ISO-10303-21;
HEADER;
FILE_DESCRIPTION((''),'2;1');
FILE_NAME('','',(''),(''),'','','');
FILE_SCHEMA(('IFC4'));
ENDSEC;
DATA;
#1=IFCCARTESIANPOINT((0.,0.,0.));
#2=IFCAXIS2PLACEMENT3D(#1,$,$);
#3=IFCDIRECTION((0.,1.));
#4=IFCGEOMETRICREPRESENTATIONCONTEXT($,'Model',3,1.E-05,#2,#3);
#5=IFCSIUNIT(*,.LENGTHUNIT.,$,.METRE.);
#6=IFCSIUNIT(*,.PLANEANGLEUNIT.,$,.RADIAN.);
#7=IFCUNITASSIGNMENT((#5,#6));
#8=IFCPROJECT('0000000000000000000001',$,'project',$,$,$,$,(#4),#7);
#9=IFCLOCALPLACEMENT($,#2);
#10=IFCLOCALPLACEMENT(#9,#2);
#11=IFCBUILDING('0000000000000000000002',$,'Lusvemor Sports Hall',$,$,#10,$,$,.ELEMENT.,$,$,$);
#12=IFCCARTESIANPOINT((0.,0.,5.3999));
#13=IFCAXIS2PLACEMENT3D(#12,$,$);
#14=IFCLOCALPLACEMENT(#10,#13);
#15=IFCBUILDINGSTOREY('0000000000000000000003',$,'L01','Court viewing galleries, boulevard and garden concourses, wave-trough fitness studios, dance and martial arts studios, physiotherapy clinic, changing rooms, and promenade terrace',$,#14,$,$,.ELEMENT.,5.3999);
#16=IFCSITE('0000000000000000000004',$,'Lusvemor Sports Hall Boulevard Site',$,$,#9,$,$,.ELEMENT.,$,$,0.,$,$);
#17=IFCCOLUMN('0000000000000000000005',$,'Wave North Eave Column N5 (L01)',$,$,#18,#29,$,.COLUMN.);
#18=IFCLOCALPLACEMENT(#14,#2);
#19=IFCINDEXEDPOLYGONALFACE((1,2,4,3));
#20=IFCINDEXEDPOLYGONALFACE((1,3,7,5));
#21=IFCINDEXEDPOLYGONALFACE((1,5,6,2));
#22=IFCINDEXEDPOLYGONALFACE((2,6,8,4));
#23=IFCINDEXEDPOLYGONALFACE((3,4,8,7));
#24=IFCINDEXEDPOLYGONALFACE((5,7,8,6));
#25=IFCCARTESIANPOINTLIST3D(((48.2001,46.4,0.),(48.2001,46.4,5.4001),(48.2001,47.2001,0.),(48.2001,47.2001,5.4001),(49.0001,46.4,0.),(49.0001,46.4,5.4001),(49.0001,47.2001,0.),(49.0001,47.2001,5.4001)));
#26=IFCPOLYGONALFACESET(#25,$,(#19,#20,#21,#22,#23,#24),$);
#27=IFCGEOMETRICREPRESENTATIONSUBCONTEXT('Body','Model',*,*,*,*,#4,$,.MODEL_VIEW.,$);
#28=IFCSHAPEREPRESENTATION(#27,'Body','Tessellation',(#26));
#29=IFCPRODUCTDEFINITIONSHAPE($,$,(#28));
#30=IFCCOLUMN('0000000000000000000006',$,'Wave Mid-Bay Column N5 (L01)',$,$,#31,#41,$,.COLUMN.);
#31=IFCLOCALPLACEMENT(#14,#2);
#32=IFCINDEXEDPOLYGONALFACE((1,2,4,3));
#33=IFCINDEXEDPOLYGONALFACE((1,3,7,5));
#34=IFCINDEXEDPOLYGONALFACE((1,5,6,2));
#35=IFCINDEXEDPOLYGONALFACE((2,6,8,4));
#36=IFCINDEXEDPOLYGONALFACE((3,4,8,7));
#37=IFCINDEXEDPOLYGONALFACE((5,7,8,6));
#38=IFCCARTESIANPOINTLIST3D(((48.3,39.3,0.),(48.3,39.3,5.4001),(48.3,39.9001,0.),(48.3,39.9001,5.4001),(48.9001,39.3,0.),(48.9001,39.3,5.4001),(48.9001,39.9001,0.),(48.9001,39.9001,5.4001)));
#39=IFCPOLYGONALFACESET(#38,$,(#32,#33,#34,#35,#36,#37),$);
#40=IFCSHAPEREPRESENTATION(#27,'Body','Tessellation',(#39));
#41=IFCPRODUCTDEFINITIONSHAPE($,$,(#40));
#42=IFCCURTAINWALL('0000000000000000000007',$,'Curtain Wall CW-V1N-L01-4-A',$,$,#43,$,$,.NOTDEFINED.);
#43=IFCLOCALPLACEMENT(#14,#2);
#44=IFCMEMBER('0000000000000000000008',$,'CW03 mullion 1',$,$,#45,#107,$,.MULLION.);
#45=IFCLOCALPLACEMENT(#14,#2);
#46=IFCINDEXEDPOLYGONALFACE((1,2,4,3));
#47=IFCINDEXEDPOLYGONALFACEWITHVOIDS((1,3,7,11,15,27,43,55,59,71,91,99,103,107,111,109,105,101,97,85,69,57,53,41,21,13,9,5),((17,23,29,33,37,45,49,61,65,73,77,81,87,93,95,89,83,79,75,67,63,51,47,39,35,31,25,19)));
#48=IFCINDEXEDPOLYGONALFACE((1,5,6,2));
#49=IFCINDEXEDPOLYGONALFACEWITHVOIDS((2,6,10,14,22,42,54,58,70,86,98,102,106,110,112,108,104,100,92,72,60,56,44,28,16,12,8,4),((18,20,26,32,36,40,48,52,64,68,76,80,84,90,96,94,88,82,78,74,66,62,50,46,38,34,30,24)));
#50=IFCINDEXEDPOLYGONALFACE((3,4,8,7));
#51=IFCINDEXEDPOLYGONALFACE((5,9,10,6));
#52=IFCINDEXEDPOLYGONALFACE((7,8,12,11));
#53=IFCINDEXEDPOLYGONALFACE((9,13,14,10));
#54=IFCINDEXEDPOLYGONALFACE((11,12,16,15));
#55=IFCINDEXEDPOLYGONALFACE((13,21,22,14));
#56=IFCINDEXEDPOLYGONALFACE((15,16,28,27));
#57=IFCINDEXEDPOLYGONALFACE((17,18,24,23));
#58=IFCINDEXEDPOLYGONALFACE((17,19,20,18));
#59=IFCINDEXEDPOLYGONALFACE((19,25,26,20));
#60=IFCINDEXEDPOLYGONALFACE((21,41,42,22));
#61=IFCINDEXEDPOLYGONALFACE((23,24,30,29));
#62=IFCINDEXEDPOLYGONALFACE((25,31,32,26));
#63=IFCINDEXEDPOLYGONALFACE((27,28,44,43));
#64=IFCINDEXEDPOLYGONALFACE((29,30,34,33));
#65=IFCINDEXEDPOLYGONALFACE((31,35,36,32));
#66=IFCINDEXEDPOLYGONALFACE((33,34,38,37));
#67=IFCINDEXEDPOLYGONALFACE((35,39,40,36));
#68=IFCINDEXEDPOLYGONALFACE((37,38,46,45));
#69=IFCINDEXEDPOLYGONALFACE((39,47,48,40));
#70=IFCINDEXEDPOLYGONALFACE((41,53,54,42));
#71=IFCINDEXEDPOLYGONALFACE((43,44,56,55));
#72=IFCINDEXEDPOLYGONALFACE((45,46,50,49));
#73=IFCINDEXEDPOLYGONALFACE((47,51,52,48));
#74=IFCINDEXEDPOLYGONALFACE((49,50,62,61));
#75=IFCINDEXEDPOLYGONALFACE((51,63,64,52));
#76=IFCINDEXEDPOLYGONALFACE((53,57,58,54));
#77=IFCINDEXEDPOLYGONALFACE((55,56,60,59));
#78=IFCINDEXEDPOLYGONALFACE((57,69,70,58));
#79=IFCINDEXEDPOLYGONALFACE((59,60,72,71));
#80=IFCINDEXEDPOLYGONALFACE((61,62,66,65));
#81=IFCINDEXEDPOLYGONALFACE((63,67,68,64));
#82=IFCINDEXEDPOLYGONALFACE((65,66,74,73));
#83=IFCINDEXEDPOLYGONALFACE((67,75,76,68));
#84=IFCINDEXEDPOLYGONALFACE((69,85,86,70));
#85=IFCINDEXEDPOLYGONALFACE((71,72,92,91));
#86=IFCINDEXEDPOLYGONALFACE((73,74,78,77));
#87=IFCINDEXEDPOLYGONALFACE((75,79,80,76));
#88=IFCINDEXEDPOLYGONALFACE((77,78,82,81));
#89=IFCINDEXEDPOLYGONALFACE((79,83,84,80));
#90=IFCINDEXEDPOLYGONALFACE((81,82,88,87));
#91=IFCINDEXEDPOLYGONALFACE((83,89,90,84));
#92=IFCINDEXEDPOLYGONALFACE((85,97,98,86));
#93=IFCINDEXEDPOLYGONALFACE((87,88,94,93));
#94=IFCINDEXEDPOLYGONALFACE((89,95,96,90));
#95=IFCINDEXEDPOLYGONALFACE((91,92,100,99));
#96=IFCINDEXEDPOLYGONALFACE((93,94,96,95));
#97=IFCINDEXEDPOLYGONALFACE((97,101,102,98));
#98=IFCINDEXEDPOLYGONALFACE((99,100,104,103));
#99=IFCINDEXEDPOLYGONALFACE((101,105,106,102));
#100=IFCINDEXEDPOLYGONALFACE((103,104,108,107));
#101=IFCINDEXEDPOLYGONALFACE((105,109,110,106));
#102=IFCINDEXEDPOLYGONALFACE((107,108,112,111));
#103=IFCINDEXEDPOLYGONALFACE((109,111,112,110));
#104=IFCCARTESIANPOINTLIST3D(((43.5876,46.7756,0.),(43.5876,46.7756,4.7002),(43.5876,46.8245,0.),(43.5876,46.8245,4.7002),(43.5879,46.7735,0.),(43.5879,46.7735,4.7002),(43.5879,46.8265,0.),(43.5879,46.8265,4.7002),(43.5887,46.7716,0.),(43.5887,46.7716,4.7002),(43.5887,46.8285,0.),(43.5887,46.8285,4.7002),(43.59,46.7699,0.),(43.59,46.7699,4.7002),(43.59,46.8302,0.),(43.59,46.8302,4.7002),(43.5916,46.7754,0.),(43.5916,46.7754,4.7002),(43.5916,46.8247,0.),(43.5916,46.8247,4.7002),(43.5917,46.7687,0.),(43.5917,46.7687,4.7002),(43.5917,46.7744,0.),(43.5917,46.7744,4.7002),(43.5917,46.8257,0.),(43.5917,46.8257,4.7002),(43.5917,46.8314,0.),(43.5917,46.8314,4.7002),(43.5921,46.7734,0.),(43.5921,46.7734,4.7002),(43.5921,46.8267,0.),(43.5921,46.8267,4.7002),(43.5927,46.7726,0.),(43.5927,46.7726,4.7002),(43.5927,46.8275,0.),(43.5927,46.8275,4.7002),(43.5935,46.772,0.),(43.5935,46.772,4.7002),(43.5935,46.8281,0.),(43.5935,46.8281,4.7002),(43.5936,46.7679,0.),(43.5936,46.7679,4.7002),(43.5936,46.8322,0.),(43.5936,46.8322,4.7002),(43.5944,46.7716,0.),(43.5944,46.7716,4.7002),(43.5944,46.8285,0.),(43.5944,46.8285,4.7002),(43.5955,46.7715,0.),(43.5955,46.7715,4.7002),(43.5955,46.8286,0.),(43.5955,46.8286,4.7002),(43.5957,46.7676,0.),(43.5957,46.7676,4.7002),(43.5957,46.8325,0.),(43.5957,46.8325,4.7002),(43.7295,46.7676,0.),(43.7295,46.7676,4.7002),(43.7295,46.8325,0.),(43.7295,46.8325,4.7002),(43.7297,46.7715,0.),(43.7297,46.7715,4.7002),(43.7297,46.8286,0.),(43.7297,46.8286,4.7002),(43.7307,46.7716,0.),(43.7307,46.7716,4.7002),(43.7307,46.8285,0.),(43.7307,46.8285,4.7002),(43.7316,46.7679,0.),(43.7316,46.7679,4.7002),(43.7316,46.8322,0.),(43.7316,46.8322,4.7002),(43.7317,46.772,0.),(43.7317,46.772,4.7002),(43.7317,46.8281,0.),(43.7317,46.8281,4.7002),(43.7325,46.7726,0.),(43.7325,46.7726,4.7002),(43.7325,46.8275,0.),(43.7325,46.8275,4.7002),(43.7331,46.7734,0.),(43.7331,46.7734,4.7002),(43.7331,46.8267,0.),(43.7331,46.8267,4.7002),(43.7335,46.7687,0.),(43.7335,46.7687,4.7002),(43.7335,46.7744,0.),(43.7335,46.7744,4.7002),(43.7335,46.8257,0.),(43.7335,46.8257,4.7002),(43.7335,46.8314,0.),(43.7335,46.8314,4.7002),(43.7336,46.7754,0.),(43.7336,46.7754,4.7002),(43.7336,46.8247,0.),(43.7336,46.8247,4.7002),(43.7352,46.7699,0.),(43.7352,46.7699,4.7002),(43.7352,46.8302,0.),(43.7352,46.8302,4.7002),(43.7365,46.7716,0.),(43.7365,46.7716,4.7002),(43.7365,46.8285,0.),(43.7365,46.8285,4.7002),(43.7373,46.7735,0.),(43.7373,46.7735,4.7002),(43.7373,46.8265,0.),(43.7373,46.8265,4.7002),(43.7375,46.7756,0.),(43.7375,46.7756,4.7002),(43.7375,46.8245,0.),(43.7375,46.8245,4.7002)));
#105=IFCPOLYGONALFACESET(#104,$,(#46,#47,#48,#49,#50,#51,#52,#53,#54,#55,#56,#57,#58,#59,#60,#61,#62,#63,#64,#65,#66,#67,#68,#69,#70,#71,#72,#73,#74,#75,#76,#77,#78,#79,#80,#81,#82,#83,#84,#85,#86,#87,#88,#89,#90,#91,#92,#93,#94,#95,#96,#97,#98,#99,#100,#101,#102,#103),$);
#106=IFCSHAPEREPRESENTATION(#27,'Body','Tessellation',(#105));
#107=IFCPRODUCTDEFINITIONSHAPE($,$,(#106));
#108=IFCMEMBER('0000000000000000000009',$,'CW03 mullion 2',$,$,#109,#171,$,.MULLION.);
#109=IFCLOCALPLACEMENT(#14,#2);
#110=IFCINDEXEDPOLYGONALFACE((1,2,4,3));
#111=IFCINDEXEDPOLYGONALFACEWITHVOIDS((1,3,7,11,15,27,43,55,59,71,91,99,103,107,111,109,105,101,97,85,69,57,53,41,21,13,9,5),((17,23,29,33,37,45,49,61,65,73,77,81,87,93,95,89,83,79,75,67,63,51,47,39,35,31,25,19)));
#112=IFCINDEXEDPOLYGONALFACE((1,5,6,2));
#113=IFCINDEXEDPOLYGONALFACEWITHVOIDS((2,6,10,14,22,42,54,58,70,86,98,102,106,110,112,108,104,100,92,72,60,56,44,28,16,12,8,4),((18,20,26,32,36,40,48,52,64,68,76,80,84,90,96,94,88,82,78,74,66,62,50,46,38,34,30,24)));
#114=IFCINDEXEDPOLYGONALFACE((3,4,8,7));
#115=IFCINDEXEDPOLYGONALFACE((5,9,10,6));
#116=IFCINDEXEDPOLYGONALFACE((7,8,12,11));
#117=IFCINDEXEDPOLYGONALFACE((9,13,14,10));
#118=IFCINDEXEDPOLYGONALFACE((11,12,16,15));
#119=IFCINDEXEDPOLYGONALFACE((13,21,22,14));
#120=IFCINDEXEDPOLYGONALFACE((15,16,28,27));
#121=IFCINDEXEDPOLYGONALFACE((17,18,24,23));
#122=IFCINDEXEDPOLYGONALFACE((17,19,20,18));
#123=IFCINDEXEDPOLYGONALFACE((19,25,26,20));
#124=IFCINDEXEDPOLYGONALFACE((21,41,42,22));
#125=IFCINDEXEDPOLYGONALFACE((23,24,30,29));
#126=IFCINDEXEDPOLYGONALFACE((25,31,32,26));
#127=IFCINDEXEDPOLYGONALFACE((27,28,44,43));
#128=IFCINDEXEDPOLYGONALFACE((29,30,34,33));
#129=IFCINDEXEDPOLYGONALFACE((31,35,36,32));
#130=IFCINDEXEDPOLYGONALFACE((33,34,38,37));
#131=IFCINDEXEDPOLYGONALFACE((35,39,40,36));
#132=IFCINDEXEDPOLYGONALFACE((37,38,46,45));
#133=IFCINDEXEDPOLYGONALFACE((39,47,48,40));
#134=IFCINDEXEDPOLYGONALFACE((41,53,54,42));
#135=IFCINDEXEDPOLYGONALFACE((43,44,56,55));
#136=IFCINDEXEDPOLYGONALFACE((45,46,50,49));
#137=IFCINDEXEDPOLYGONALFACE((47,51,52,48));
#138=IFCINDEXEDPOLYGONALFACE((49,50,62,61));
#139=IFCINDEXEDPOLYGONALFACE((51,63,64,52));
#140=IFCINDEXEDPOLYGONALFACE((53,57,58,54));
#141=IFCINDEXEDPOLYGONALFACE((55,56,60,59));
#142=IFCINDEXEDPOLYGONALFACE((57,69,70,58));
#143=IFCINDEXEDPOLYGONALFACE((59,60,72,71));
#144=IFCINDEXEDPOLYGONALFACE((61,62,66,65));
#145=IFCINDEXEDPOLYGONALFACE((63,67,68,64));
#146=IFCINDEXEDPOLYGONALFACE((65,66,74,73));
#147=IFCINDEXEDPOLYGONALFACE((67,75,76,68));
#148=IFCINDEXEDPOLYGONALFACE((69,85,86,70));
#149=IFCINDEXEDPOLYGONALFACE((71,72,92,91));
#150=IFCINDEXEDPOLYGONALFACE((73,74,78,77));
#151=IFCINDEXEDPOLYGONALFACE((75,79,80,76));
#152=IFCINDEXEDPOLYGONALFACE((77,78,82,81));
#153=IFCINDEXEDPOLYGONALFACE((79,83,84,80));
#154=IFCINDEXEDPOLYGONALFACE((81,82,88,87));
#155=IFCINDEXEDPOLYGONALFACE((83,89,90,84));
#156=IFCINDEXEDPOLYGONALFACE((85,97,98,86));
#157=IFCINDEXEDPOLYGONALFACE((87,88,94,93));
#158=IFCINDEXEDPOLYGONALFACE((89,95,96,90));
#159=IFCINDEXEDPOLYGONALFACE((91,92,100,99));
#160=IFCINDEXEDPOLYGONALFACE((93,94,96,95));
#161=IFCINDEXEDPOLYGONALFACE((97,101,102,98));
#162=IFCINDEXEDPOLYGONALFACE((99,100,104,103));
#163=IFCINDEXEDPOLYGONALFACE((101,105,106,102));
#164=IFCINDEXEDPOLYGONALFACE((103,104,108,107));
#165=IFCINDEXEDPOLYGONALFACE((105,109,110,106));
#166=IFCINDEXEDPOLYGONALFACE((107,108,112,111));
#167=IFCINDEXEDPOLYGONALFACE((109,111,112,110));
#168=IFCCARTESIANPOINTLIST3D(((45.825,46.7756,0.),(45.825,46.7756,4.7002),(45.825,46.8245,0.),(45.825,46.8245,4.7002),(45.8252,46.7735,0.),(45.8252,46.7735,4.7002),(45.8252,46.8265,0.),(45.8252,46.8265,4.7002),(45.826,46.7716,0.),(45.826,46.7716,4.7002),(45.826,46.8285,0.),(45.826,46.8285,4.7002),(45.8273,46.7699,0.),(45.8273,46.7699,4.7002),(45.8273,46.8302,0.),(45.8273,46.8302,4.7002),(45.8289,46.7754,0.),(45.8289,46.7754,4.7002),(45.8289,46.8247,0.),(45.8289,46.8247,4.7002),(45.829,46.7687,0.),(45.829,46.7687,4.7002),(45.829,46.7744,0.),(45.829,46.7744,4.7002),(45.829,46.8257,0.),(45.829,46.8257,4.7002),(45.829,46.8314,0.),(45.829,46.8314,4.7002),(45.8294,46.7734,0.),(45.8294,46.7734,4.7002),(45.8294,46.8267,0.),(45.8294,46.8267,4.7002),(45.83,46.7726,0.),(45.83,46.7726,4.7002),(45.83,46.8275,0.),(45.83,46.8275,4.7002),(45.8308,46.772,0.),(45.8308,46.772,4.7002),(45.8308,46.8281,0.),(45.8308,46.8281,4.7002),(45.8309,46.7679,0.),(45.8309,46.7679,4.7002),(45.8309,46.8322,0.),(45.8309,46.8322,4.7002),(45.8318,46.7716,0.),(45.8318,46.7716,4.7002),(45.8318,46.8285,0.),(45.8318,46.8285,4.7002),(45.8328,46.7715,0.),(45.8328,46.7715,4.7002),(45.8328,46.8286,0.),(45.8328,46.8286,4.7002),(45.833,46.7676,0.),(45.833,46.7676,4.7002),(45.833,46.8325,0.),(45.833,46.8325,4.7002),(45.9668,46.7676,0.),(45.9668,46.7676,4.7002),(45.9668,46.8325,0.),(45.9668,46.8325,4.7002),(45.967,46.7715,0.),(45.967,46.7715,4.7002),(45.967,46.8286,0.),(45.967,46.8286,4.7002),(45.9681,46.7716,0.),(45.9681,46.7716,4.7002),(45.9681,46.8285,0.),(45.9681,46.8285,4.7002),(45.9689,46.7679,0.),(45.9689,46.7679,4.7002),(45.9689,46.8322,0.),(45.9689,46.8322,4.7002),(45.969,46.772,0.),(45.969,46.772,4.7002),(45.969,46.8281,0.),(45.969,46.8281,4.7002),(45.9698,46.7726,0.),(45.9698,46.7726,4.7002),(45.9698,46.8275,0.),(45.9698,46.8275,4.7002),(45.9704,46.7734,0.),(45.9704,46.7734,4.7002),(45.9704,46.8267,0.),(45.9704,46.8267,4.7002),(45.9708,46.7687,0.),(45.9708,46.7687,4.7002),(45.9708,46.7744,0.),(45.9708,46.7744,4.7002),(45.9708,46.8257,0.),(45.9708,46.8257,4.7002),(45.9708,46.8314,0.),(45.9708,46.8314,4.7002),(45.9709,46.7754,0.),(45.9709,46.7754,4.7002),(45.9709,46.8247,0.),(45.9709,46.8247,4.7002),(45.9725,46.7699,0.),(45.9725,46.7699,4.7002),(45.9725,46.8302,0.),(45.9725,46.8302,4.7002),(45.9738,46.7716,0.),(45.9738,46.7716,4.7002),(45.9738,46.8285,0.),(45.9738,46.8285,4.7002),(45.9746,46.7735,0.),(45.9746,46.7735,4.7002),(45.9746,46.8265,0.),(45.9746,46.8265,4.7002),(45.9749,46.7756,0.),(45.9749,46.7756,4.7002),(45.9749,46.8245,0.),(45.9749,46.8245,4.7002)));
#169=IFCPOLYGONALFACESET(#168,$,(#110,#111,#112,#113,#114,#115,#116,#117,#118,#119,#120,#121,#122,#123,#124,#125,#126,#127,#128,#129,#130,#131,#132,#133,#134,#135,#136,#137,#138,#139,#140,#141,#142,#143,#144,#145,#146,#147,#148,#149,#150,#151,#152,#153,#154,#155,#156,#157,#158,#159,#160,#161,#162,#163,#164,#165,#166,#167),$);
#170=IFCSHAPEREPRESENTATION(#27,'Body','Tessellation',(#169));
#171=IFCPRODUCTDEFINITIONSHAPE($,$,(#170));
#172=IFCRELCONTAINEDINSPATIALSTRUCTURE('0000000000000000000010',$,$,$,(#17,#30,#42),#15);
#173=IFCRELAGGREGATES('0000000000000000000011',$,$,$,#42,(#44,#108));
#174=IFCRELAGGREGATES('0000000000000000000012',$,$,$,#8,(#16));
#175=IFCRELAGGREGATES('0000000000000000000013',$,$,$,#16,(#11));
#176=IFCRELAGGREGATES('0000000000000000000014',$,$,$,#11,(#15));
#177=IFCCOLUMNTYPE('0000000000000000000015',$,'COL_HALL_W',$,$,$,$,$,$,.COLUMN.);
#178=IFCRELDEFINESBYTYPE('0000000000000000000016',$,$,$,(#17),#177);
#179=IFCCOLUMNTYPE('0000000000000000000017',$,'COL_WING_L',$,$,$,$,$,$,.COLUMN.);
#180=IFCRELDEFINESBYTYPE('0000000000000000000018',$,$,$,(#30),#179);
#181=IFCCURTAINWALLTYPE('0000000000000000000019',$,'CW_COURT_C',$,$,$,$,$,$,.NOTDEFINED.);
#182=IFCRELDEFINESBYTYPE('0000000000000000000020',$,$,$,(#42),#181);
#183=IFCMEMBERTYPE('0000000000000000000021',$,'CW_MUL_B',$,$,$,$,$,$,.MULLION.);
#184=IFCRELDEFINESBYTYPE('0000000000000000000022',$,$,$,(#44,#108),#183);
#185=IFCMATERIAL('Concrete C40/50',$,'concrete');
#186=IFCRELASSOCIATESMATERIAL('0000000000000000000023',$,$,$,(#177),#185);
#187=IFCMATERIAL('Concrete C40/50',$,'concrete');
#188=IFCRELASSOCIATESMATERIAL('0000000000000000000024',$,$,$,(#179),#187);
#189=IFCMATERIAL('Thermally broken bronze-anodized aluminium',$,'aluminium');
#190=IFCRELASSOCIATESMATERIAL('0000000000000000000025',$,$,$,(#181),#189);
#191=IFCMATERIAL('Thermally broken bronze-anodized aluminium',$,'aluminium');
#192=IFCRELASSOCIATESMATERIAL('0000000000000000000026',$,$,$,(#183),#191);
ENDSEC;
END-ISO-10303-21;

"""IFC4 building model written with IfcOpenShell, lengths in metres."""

from ifc_helpers import new_model, si_unit, direction, frame, origin, origin_2d, place, context, subcontext, project, spatial, rectangle, hollow_rectangle, extrude, material, material_profile, profile_set, type_object, element, aggregate, save


model = new_model("IFC4")

# Units and contexts
model_context = context("Model", 3, precision=1e-05, world=origin(), true_north=direction((0.0, 1.0)))
body_context = subcontext(model_context, "Body", "Model", "MODEL_VIEW")
ifc_project = project(units=[si_unit("LENGTHUNIT", "METRE"), si_unit("PLANEANGLEUNIT", "RADIAN")], contexts=[model_context])

# Site, building, storey
site_placement = place(None, origin())
site = spatial("IfcSite", under=ifc_project, at=site_placement, Name="Lusvemor Sports Hall Boulevard Site", CompositionType="ELEMENT", RefElevation=0.0)
building_placement = place(site_placement, origin())
building = spatial("IfcBuilding", under=site, at=building_placement, Name="Lusvemor Sports Hall", CompositionType="ELEMENT")
storey_placement = place(building_placement, frame((0.0, 0.0, 5.3999)))
storey = spatial("IfcBuildingStorey", under=building, at=storey_placement, Name="L01", Description="Court viewing galleries, boulevard and garden concourses, wave-trough fitness studios, dance and martial arts studios, physiotherapy clinic, changing rooms, and promenade terrace", CompositionType="ELEMENT", Elevation=5.3999)

# Columns
ifc_material_1 = material(Name="Concrete C40/50", Category="concrete")
ifc_material_profile_1 = material_profile(ifc_material_1, rectangle(XDim=0.8, YDim=0.8, at=origin_2d()), Name="RC800x800")
ifc_profile_set_1 = profile_set([ifc_material_profile_1], Name="Concrete C40/50")
column_type_1 = type_object("IfcColumnType", Name="COL_HALL_W", PredefinedType="COLUMN", material=ifc_profile_set_1)
column_1_placement = place(storey_placement, frame((48.6001, 46.8, 0.0), z_axis=(0.0, 0.0, 1.0), x_axis=(1.0, 0.0, 0.0)))
element("IfcColumn", 1, at=column_1_placement, inside=storey, type_object=column_type_1, Name="Wave North Eave Column N5 (L01)", PredefinedType="COLUMN", context=body_context, shape_type="SweptSolid", body=[
    extrude(rectangle(XDim=0.8, YDim=0.8, at=origin_2d()), origin(), (0.0, 0.0, 1.0), 5.4001),
])
ifc_material_2 = material(Name="Concrete C40/50", Category="concrete")
ifc_material_profile_2 = material_profile(ifc_material_2, rectangle(XDim=0.6001, YDim=0.6001, at=origin_2d()), Name="RC600x600")
ifc_profile_set_2 = profile_set([ifc_material_profile_2], Name="Concrete C40/50")
column_type_2 = type_object("IfcColumnType", Name="COL_WING_L", PredefinedType="COLUMN", material=ifc_profile_set_2)
column_2_placement = place(storey_placement, frame((48.6001, 39.6001, 0.0), z_axis=(0.0, 0.0, 1.0), x_axis=(1.0, 0.0, 0.0)))
element("IfcColumn", 2, at=column_2_placement, inside=storey, type_object=column_type_2, Name="Wave Mid-Bay Column N5 (L01)", PredefinedType="COLUMN", context=body_context, shape_type="SweptSolid", body=[
    extrude(rectangle(XDim=0.6001, YDim=0.6001, at=origin_2d()), origin(), (0.0, 0.0, 1.0), 5.4001),
])

# Curtain wall, members
ifc_material_3 = material(Name="Thermally broken bronze-anodized aluminium", Category="aluminium")
curtain_wall_type = type_object("IfcCurtainWallType", Name="CW_COURT_C", PredefinedType="NOTDEFINED", material=ifc_material_3)
curtain_wall_1_placement = place(storey_placement, origin())
curtain_wall_1 = element("IfcCurtainWall", 3, at=curtain_wall_1_placement, inside=storey, type_object=curtain_wall_type, Name="Curtain Wall CW-V1N-L01-4-A", PredefinedType="NOTDEFINED")
ifc_material_4 = material(Name="Thermally broken bronze-anodized aluminium", Category="aluminium")
ifc_material_profile_3 = material_profile(ifc_material_4, hollow_rectangle(XDim=0.0649, YDim=0.1499, WallThickness=0.0039, InnerFilletRadius=0.0039, OuterFilletRadius=0.0081, at=origin_2d()), Name="CWMUL150x65x4")
ifc_profile_set_3 = profile_set([ifc_material_profile_3], Name="Thermally broken bronze-anodized aluminium")
member_type_1 = type_object("IfcMemberType", Name="CW_MUL_B", PredefinedType="MULLION", material=ifc_profile_set_3)
member_1_placement = place(storey_placement, frame((43.6626, 46.8, 0.0), z_axis=(0.0, 0.0, 1.0), x_axis=(0.0, 1.0, 0.0)))
member_1 = element("IfcMember", 4, at=member_1_placement, type_object=member_type_1, Name="CW03 mullion 1", PredefinedType="MULLION", context=body_context, shape_type="SweptSolid", body=[
    extrude(hollow_rectangle(XDim=0.0649, YDim=0.1499, WallThickness=0.0039, InnerFilletRadius=0.0039, OuterFilletRadius=0.0081, at=origin_2d()), origin(), (0.0, 0.0, 1.0), 4.7002),
])
member_2_placement = place(storey_placement, frame((45.8999, 46.8, 0.0), z_axis=(0.0, 0.0, 1.0), x_axis=(0.0, 1.0, 0.0)))
member_2 = element("IfcMember", 5, at=member_2_placement, type_object=member_type_1, Name="CW03 mullion 2", PredefinedType="MULLION", context=body_context, shape_type="SweptSolid", body=[
    extrude(hollow_rectangle(XDim=0.0649, YDim=0.1499, WallThickness=0.0039, InnerFilletRadius=0.0039, OuterFilletRadius=0.0081, at=origin_2d()), origin(), (0.0, 0.0, 1.0), 4.7002),
])

aggregate(curtain_wall_1, [member_1, member_2])

save(model, "model.ifc")
